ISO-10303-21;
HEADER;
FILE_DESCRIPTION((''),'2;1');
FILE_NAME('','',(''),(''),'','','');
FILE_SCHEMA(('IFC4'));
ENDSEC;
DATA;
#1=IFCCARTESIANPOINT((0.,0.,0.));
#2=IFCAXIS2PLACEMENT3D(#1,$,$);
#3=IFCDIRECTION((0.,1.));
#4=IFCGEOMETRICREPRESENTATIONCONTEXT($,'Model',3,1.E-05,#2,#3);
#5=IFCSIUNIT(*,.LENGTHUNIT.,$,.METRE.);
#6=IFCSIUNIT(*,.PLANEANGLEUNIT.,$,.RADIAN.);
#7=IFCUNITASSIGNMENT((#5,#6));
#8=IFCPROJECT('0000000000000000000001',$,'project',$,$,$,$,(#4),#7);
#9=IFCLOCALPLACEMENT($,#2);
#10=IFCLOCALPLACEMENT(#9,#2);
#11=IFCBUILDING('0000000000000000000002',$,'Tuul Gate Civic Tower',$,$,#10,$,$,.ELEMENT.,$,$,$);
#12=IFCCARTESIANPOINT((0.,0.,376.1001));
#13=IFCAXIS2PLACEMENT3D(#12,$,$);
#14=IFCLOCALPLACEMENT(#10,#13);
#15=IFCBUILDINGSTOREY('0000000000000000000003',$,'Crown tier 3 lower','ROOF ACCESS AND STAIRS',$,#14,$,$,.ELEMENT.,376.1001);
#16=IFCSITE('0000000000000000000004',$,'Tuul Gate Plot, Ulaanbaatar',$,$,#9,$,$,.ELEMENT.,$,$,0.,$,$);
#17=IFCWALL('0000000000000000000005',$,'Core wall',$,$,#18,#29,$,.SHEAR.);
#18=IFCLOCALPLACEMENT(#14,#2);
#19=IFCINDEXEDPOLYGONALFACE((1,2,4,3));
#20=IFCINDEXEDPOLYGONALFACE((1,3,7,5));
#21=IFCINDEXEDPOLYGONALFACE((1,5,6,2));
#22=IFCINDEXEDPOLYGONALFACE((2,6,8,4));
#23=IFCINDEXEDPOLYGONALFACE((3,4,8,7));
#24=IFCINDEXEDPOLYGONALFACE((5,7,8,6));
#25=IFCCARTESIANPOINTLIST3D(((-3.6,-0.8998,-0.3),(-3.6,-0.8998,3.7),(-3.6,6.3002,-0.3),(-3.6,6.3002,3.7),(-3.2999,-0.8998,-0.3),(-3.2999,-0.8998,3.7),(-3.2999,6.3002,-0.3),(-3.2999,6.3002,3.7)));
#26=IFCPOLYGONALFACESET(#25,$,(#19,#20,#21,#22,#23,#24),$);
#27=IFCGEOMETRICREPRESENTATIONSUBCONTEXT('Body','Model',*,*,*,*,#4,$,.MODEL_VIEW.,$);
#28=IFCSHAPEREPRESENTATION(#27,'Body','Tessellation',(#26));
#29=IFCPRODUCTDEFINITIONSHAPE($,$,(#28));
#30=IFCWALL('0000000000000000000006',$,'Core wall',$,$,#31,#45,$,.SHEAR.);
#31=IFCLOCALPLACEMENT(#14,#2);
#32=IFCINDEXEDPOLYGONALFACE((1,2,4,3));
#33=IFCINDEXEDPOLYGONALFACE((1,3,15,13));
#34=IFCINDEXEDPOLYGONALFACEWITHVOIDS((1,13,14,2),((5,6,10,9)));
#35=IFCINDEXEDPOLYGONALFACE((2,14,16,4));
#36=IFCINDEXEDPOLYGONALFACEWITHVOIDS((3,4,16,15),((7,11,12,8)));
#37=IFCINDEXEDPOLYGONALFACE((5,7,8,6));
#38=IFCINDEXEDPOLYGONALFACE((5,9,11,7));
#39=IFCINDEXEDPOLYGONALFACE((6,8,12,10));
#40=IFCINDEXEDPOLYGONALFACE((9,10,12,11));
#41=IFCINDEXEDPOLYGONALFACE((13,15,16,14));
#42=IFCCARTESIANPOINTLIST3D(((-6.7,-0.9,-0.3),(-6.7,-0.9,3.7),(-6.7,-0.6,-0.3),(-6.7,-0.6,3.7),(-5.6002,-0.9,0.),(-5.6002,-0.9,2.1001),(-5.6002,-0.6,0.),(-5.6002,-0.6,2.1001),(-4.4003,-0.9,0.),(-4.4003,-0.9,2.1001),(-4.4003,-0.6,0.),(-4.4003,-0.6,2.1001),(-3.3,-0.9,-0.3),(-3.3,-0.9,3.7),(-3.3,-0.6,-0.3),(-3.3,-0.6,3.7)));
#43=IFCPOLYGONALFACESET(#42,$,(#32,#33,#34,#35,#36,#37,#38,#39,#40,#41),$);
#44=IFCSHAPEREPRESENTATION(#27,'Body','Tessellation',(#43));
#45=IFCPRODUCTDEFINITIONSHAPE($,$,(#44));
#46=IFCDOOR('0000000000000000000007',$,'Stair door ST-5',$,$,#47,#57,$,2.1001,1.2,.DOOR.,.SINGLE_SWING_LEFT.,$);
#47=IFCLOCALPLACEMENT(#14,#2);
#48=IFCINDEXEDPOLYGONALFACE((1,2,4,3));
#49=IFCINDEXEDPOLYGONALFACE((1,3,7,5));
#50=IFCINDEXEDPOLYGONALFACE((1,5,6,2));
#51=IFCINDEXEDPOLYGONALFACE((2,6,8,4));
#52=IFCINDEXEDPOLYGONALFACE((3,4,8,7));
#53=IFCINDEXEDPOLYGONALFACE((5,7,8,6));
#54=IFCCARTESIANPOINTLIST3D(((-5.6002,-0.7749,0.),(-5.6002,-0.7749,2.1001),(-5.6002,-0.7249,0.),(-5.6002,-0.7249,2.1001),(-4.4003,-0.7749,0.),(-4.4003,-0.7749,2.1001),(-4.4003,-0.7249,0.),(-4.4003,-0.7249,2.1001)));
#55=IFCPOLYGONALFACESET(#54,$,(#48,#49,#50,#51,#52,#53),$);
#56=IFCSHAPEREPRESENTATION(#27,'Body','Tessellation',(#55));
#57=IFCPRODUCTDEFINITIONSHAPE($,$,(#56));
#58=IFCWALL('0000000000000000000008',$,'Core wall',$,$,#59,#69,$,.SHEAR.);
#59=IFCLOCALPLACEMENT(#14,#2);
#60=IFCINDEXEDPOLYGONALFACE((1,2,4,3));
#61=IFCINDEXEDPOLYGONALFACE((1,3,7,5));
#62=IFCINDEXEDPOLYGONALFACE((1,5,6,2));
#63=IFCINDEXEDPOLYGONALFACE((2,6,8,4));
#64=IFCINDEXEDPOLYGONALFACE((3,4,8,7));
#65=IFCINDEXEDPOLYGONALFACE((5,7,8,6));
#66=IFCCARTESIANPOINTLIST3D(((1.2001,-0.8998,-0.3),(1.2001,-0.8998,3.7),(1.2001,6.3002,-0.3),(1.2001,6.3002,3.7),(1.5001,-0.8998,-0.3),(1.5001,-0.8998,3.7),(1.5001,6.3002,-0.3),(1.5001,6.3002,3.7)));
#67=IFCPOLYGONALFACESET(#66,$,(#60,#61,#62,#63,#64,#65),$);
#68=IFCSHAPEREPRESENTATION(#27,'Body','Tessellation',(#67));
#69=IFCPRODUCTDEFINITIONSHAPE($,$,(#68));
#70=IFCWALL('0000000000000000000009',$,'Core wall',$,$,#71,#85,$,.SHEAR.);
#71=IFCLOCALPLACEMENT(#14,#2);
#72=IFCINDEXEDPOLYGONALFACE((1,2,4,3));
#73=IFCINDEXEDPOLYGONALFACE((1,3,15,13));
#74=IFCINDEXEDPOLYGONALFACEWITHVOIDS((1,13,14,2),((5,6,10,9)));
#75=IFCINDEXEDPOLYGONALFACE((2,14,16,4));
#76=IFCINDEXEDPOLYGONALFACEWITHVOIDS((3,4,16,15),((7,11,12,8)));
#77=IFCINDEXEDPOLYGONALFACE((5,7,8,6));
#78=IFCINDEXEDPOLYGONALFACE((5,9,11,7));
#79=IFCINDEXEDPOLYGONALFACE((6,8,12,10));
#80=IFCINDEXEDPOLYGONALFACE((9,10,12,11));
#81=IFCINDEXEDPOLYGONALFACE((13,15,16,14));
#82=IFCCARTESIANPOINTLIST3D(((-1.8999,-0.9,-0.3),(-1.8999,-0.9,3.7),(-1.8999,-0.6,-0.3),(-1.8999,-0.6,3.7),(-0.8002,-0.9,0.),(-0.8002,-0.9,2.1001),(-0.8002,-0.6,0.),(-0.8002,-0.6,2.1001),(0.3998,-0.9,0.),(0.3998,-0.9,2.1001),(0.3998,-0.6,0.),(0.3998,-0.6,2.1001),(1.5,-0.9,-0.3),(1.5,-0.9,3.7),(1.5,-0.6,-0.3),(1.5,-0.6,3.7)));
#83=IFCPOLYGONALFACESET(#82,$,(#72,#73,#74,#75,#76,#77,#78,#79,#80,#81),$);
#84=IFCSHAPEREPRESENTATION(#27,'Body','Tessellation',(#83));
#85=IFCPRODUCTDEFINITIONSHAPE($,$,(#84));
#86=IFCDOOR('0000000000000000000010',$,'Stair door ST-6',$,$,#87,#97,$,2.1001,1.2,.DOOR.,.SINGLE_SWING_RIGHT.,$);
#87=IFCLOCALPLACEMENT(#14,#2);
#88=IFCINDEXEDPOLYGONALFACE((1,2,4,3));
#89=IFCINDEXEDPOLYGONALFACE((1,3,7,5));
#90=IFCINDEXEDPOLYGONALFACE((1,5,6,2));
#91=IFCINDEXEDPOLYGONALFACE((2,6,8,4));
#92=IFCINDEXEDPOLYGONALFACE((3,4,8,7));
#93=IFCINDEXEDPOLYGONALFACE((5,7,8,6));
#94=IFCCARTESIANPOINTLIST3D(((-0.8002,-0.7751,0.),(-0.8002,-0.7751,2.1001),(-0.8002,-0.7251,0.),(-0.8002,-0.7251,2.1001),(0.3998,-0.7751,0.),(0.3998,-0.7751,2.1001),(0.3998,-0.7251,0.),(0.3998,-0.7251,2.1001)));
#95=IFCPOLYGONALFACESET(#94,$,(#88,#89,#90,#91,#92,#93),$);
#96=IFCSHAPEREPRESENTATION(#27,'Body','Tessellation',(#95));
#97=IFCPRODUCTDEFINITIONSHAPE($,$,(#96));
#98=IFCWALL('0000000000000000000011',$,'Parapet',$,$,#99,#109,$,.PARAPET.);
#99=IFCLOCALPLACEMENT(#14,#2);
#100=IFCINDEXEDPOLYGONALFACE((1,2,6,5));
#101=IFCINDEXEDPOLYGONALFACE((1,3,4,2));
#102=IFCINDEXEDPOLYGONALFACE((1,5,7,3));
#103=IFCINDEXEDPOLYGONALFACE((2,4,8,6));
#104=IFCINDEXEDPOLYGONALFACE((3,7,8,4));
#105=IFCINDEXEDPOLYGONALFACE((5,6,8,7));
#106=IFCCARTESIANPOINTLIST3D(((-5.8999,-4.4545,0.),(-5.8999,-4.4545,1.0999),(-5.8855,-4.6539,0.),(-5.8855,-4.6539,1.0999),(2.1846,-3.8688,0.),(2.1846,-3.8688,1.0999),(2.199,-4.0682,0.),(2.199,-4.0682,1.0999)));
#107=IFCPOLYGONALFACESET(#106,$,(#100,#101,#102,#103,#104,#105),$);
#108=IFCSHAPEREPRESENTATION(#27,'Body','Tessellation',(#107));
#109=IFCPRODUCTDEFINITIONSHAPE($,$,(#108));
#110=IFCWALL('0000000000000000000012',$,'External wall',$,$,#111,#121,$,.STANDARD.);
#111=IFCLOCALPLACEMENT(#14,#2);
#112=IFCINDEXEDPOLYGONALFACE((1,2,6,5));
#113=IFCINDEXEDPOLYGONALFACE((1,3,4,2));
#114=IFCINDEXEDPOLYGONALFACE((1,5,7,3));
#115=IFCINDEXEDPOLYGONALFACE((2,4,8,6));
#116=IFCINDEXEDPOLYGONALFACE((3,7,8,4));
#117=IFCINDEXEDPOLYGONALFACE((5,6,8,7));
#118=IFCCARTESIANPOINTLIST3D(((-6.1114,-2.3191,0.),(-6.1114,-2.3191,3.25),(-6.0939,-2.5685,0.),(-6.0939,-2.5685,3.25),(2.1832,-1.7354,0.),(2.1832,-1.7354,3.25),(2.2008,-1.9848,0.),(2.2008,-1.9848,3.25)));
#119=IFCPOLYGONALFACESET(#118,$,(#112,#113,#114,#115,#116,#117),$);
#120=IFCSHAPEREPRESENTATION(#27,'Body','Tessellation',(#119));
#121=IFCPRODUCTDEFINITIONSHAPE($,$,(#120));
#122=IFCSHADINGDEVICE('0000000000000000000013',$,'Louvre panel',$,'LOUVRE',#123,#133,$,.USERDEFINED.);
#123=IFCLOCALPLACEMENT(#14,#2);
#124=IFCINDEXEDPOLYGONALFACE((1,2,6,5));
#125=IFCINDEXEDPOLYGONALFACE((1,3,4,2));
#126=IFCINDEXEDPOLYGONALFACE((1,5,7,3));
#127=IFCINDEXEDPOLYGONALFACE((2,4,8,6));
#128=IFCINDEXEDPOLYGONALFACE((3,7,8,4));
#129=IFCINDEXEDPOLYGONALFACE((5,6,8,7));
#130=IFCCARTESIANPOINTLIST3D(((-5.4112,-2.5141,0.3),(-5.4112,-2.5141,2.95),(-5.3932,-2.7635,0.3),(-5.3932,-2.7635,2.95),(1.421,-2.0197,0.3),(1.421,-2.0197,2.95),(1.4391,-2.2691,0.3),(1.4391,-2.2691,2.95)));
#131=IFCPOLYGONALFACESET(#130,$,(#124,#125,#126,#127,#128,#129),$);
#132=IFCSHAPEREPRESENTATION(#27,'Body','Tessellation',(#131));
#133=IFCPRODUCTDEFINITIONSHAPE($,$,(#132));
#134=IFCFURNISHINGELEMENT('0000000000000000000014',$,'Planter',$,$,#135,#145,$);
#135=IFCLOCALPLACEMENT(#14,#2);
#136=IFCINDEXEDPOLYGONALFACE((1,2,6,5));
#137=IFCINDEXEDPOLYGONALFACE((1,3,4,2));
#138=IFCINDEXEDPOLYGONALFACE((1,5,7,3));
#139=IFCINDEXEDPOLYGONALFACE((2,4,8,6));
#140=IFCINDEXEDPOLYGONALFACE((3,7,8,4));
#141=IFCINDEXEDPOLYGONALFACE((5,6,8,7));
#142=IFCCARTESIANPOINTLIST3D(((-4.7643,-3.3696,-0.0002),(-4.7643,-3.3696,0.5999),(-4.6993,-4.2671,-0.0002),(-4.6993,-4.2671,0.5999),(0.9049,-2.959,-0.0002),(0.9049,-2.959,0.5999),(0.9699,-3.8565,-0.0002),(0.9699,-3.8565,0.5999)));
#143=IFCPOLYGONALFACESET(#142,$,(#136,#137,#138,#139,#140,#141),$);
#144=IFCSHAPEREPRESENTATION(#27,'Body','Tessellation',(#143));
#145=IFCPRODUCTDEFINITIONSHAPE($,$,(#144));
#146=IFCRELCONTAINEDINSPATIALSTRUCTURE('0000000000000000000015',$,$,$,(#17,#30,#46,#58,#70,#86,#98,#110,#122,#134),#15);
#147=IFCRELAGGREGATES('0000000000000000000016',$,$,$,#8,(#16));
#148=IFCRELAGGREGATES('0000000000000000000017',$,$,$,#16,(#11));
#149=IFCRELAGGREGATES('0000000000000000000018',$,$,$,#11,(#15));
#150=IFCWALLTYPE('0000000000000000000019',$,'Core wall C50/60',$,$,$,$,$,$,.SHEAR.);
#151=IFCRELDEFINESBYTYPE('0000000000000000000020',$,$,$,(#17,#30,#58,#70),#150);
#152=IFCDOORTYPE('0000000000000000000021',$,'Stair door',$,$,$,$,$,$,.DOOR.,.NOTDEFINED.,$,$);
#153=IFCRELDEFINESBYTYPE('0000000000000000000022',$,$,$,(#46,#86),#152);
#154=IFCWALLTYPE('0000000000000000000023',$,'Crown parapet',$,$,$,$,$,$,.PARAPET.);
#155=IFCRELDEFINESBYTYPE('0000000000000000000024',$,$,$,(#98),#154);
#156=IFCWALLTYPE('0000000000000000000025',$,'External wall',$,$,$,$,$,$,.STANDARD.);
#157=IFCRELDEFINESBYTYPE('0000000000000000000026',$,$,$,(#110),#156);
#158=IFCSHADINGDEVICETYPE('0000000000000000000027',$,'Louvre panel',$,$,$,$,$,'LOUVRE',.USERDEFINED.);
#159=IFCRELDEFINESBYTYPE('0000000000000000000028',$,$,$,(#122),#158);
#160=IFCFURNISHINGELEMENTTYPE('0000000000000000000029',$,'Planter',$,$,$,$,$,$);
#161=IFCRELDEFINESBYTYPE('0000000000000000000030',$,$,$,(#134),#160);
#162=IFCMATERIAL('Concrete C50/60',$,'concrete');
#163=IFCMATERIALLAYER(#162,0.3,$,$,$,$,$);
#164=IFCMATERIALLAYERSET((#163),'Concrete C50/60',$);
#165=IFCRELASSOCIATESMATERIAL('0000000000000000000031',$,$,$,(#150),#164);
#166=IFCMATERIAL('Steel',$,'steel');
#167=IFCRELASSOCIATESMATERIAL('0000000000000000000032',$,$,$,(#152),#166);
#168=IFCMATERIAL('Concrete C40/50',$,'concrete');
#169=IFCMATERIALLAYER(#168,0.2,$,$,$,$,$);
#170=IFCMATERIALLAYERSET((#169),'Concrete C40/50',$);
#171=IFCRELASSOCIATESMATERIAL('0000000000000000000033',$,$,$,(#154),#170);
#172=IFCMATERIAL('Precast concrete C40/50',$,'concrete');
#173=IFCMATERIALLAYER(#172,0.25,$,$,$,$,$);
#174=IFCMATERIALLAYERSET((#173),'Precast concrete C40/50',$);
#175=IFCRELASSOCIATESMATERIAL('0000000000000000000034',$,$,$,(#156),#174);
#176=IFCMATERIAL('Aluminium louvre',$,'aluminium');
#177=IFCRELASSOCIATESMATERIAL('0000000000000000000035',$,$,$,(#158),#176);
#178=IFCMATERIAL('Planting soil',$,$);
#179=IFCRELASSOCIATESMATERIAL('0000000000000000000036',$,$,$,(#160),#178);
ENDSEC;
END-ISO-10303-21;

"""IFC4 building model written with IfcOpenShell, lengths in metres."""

from ifc_helpers import new_model, si_unit, direction, frame, frame_2d, origin, origin_2d, place, context, subcontext, project, spatial, rectangle, extrude, material, layer, layer_set, type_object, element, fill, save


model = new_model("IFC4")

# Units and contexts
model_context = context("Model", 3, precision=1e-05, world=origin(), true_north=direction((0.0, 1.0)))
body_context = subcontext(model_context, "Body", "Model", "MODEL_VIEW")
ifc_project = project(units=[si_unit("LENGTHUNIT", "METRE"), si_unit("PLANEANGLEUNIT", "RADIAN")], contexts=[model_context])

# Site, building, storey
site_placement = place(None, origin())
site = spatial("IfcSite", under=ifc_project, at=site_placement, Name="Tuul Gate Plot, Ulaanbaatar", CompositionType="ELEMENT", RefElevation=0.0)
building_placement = place(site_placement, origin())
building = spatial("IfcBuilding", under=site, at=building_placement, Name="Tuul Gate Civic Tower", CompositionType="ELEMENT")
storey_placement = place(building_placement, frame((0.0, 0.0, 376.1001)))
storey = spatial("IfcBuildingStorey", under=building, at=storey_placement, Name="Crown tier 3 lower", Description="ROOF ACCESS AND STAIRS", CompositionType="ELEMENT", Elevation=376.1001)

# Wall
ifc_material_1 = material(Name="Concrete C50/60", Category="concrete")
ifc_layer_1 = layer(ifc_material_1, 0.3)
ifc_layer_set_1 = layer_set([ifc_layer_1], Name="Concrete C50/60")
wall_type_1 = type_object("IfcWallType", Name="Core wall C50/60", PredefinedType="SHEAR", material=ifc_layer_set_1)
wall_1_placement = place(storey_placement, frame((-3.45, -0.8999, -0.3), z_axis=(0.0, 0.0, 1.0), x_axis=(0.0, 1.0, 0.0)))
element("IfcWall", 1, at=wall_1_placement, inside=storey, type_object=wall_type_1, Name="Core wall", PredefinedType="SHEAR", context=body_context, shape_type="SweptSolid", body=[
    extrude(rectangle(XDim=7.2, YDim=0.3, at=frame_2d((3.6001, 0.0))), origin(), (0.0, 0.0, 1.0), 4.0),
])

# Wall, opening, door
wall_2_placement = place(storey_placement, frame((-3.3, -0.75, -0.3), z_axis=(0.0, 0.0, 1.0), x_axis=(-1.0, 0.0, 0.0)))
wall_2 = element("IfcWall", 2, at=wall_2_placement, inside=storey, type_object=wall_type_1, Name="Core wall", PredefinedType="SHEAR", context=body_context, shape_type="SweptSolid", body=[
    extrude(rectangle(XDim=3.3999, YDim=0.3, at=frame_2d((1.7, 0.0))), origin(), (0.0, 0.0, 1.0), 4.0),
])
opening_1_placement = place(wall_2_placement, frame((1.1001, 0.0, 0.3)))
opening_1 = element("IfcOpeningElement", 3, at=opening_1_placement, cuts=wall_2, PredefinedType="OPENING", context=body_context, shape_type="SweptSolid", body=[
    extrude(rectangle(XDim=1.2, YDim=2.1001, at=frame_2d((0.6001, 1.05))), frame((0.0, 0.1602, 0.0), z_axis=(0.0, -1.0, 0.0), x_axis=(1.0, 0.0, 0.0)), (0.0, 0.0, 1.0), 0.3201),
])
ifc_material_2 = material(Name="Steel", Category="steel")
door_type = type_object("IfcDoorType", Name="Stair door", OperationType="NOTDEFINED", PredefinedType="DOOR", material=ifc_material_2)
door_1_placement = place(opening_1_placement, origin())
door_1 = element("IfcDoor", 4, at=door_1_placement, inside=storey, type_object=door_type, Name="Stair door ST-5", OperationType="SINGLE_SWING_LEFT", OverallHeight=2.1001, OverallWidth=1.2, PredefinedType="DOOR", context=body_context, shape_type="SweptSolid", body=[
    extrude(rectangle(XDim=1.2, YDim=2.1001, at=frame_2d((0.6001, 1.05))), frame((0.0, 0.0249, 0.0), z_axis=(0.0, -1.0, 0.0), x_axis=(1.0, 0.0, 0.0)), (0.0, 0.0, 1.0), 0.05),
])
fill(opening_1, door_1)

# Wall
wall_3_placement = place(storey_placement, frame((1.3501, -0.8999, -0.3), z_axis=(0.0, 0.0, 1.0), x_axis=(0.0, 1.0, 0.0)))
element("IfcWall", 5, at=wall_3_placement, inside=storey, type_object=wall_type_1, Name="Core wall", PredefinedType="SHEAR", context=body_context, shape_type="SweptSolid", body=[
    extrude(rectangle(XDim=7.2, YDim=0.3, at=frame_2d((3.6001, 0.0))), origin(), (0.0, 0.0, 1.0), 4.0),
])

# Wall, opening, door
wall_4_placement = place(storey_placement, frame((1.5, -0.75, -0.3), z_axis=(0.0, 0.0, 1.0), x_axis=(-1.0, 0.0, 0.0)))
wall_4 = element("IfcWall", 6, at=wall_4_placement, inside=storey, type_object=wall_type_1, Name="Core wall", PredefinedType="SHEAR", context=body_context, shape_type="SweptSolid", body=[
    extrude(rectangle(XDim=3.3999, YDim=0.3, at=frame_2d((1.7, 0.0))), origin(), (0.0, 0.0, 1.0), 4.0),
])
opening_2_placement = place(wall_4_placement, frame((1.1001, 0.0, 0.3)))
opening_2 = element("IfcOpeningElement", 7, at=opening_2_placement, cuts=wall_4, PredefinedType="OPENING", context=body_context, shape_type="SweptSolid", body=[
    extrude(rectangle(XDim=1.2, YDim=2.1001, at=frame_2d((0.6001, 1.05))), frame((0.0, 0.1602, 0.0), z_axis=(0.0, -1.0, 0.0), x_axis=(1.0, 0.0, 0.0)), (0.0, 0.0, 1.0), 0.3201),
])
door_2_placement = place(opening_2_placement, frame((1.2, 0.0, 0.0), z_axis=(0.0, 0.0, 1.0), x_axis=(-1.0, 0.0, 0.0)))
door_2 = element("IfcDoor", 8, at=door_2_placement, inside=storey, type_object=door_type, Name="Stair door ST-6", OperationType="SINGLE_SWING_RIGHT", OverallHeight=2.1001, OverallWidth=1.2, PredefinedType="DOOR", context=body_context, shape_type="SweptSolid", body=[
    extrude(rectangle(XDim=1.2, YDim=2.1001, at=frame_2d((0.5999, 1.05))), frame((0.0, 0.0249, 0.0), z_axis=(0.0, -1.0, 0.0), x_axis=(1.0, 0.0, 0.0)), (0.0, 0.0, 1.0), 0.05),
])
fill(opening_2, door_2)

# Walls
ifc_material_3 = material(Name="Concrete C40/50", Category="concrete")
ifc_layer_2 = layer(ifc_material_3, 0.2)
ifc_layer_set_2 = layer_set([ifc_layer_2], Name="Concrete C40/50")
wall_type_2 = type_object("IfcWallType", Name="Crown parapet", PredefinedType="PARAPET", material=ifc_layer_set_2)
wall_5_placement = place(storey_placement, frame((-5.8926, -4.5542, 0.0), z_axis=(0.0, 0.0, 1.0), x_axis=(0.997386, 0.072257, 0.0)))
element("IfcWall", 9, at=wall_5_placement, inside=storey, type_object=wall_type_2, Name="Parapet", PredefinedType="PARAPET", context=body_context, shape_type="SweptSolid", body=[
    extrude(rectangle(XDim=8.1057, YDim=0.2, at=frame_2d((4.0527, 0.0))), origin(), (0.0, 0.0, 1.0), 1.0999),
])
ifc_material_4 = material(Name="Precast concrete C40/50", Category="concrete")
ifc_layer_3 = layer(ifc_material_4, 0.25)
ifc_layer_set_3 = layer_set([ifc_layer_3], Name="Precast concrete C40/50")
wall_type_3 = type_object("IfcWallType", Name="External wall", PredefinedType="STANDARD", material=ifc_layer_set_3)
wall_6_placement = place(storey_placement, frame((-6.1028, -2.4438, 0.0), z_axis=(0.0, 0.0, 1.0), x_axis=(0.997533, 0.070202, 0.0)))
element("IfcWall", 10, at=wall_6_placement, inside=storey, type_object=wall_type_3, Name="External wall", PredefinedType="STANDARD", context=body_context, shape_type="SweptSolid", body=[
    extrude(rectangle(XDim=8.3152, YDim=0.25, at=frame_2d((4.1577, 0.0))), origin(), (0.0, 0.0, 1.0), 3.25),
])

# Shading device
ifc_material_5 = material(Name="Aluminium louvre", Category="aluminium")
shading_device_type = type_object("IfcShadingDeviceType", Name="Louvre panel", ElementType="LOUVRE", PredefinedType="USERDEFINED", material=ifc_material_5)
shading_device_placement = place(storey_placement, frame((-1.9861, -2.3916, 0.3), z_axis=(0.0, 0.0, 1.0), x_axis=(0.072178, -0.997392, 0.0)))
element("IfcShadingDevice", 11, at=shading_device_placement, inside=storey, type_object=shading_device_type, Name="Louvre panel", ObjectType="LOUVRE", PredefinedType="USERDEFINED", context=body_context, shape_type="SweptSolid", body=[
    extrude(rectangle(XDim=0.25, YDim=6.8501, at=origin_2d()), origin(), (0.0, 0.0, 1.0), 2.6499),
])

# Furnishing element
ifc_material_6 = material(Name="Planting soil")
furnishing_element_type = type_object("IfcFurnishingElementType", Name="Planter", material=ifc_material_6)
furnishing_placement = place(storey_placement, frame((-1.8972, -3.613, -0.0002), z_axis=(0.0, 0.0, 1.0), x_axis=(0.997387, 0.07224, 0.0)))
element("IfcFurnishingElement", 12, at=furnishing_placement, inside=storey, type_object=furnishing_element_type, Name="Planter", context=body_context, shape_type="SweptSolid", body=[
    extrude(rectangle(XDim=5.6841, YDim=0.8999, at=origin_2d()), origin(), (0.0, 0.0, 1.0), 0.6001),
])

save(model, "model.ifc")
